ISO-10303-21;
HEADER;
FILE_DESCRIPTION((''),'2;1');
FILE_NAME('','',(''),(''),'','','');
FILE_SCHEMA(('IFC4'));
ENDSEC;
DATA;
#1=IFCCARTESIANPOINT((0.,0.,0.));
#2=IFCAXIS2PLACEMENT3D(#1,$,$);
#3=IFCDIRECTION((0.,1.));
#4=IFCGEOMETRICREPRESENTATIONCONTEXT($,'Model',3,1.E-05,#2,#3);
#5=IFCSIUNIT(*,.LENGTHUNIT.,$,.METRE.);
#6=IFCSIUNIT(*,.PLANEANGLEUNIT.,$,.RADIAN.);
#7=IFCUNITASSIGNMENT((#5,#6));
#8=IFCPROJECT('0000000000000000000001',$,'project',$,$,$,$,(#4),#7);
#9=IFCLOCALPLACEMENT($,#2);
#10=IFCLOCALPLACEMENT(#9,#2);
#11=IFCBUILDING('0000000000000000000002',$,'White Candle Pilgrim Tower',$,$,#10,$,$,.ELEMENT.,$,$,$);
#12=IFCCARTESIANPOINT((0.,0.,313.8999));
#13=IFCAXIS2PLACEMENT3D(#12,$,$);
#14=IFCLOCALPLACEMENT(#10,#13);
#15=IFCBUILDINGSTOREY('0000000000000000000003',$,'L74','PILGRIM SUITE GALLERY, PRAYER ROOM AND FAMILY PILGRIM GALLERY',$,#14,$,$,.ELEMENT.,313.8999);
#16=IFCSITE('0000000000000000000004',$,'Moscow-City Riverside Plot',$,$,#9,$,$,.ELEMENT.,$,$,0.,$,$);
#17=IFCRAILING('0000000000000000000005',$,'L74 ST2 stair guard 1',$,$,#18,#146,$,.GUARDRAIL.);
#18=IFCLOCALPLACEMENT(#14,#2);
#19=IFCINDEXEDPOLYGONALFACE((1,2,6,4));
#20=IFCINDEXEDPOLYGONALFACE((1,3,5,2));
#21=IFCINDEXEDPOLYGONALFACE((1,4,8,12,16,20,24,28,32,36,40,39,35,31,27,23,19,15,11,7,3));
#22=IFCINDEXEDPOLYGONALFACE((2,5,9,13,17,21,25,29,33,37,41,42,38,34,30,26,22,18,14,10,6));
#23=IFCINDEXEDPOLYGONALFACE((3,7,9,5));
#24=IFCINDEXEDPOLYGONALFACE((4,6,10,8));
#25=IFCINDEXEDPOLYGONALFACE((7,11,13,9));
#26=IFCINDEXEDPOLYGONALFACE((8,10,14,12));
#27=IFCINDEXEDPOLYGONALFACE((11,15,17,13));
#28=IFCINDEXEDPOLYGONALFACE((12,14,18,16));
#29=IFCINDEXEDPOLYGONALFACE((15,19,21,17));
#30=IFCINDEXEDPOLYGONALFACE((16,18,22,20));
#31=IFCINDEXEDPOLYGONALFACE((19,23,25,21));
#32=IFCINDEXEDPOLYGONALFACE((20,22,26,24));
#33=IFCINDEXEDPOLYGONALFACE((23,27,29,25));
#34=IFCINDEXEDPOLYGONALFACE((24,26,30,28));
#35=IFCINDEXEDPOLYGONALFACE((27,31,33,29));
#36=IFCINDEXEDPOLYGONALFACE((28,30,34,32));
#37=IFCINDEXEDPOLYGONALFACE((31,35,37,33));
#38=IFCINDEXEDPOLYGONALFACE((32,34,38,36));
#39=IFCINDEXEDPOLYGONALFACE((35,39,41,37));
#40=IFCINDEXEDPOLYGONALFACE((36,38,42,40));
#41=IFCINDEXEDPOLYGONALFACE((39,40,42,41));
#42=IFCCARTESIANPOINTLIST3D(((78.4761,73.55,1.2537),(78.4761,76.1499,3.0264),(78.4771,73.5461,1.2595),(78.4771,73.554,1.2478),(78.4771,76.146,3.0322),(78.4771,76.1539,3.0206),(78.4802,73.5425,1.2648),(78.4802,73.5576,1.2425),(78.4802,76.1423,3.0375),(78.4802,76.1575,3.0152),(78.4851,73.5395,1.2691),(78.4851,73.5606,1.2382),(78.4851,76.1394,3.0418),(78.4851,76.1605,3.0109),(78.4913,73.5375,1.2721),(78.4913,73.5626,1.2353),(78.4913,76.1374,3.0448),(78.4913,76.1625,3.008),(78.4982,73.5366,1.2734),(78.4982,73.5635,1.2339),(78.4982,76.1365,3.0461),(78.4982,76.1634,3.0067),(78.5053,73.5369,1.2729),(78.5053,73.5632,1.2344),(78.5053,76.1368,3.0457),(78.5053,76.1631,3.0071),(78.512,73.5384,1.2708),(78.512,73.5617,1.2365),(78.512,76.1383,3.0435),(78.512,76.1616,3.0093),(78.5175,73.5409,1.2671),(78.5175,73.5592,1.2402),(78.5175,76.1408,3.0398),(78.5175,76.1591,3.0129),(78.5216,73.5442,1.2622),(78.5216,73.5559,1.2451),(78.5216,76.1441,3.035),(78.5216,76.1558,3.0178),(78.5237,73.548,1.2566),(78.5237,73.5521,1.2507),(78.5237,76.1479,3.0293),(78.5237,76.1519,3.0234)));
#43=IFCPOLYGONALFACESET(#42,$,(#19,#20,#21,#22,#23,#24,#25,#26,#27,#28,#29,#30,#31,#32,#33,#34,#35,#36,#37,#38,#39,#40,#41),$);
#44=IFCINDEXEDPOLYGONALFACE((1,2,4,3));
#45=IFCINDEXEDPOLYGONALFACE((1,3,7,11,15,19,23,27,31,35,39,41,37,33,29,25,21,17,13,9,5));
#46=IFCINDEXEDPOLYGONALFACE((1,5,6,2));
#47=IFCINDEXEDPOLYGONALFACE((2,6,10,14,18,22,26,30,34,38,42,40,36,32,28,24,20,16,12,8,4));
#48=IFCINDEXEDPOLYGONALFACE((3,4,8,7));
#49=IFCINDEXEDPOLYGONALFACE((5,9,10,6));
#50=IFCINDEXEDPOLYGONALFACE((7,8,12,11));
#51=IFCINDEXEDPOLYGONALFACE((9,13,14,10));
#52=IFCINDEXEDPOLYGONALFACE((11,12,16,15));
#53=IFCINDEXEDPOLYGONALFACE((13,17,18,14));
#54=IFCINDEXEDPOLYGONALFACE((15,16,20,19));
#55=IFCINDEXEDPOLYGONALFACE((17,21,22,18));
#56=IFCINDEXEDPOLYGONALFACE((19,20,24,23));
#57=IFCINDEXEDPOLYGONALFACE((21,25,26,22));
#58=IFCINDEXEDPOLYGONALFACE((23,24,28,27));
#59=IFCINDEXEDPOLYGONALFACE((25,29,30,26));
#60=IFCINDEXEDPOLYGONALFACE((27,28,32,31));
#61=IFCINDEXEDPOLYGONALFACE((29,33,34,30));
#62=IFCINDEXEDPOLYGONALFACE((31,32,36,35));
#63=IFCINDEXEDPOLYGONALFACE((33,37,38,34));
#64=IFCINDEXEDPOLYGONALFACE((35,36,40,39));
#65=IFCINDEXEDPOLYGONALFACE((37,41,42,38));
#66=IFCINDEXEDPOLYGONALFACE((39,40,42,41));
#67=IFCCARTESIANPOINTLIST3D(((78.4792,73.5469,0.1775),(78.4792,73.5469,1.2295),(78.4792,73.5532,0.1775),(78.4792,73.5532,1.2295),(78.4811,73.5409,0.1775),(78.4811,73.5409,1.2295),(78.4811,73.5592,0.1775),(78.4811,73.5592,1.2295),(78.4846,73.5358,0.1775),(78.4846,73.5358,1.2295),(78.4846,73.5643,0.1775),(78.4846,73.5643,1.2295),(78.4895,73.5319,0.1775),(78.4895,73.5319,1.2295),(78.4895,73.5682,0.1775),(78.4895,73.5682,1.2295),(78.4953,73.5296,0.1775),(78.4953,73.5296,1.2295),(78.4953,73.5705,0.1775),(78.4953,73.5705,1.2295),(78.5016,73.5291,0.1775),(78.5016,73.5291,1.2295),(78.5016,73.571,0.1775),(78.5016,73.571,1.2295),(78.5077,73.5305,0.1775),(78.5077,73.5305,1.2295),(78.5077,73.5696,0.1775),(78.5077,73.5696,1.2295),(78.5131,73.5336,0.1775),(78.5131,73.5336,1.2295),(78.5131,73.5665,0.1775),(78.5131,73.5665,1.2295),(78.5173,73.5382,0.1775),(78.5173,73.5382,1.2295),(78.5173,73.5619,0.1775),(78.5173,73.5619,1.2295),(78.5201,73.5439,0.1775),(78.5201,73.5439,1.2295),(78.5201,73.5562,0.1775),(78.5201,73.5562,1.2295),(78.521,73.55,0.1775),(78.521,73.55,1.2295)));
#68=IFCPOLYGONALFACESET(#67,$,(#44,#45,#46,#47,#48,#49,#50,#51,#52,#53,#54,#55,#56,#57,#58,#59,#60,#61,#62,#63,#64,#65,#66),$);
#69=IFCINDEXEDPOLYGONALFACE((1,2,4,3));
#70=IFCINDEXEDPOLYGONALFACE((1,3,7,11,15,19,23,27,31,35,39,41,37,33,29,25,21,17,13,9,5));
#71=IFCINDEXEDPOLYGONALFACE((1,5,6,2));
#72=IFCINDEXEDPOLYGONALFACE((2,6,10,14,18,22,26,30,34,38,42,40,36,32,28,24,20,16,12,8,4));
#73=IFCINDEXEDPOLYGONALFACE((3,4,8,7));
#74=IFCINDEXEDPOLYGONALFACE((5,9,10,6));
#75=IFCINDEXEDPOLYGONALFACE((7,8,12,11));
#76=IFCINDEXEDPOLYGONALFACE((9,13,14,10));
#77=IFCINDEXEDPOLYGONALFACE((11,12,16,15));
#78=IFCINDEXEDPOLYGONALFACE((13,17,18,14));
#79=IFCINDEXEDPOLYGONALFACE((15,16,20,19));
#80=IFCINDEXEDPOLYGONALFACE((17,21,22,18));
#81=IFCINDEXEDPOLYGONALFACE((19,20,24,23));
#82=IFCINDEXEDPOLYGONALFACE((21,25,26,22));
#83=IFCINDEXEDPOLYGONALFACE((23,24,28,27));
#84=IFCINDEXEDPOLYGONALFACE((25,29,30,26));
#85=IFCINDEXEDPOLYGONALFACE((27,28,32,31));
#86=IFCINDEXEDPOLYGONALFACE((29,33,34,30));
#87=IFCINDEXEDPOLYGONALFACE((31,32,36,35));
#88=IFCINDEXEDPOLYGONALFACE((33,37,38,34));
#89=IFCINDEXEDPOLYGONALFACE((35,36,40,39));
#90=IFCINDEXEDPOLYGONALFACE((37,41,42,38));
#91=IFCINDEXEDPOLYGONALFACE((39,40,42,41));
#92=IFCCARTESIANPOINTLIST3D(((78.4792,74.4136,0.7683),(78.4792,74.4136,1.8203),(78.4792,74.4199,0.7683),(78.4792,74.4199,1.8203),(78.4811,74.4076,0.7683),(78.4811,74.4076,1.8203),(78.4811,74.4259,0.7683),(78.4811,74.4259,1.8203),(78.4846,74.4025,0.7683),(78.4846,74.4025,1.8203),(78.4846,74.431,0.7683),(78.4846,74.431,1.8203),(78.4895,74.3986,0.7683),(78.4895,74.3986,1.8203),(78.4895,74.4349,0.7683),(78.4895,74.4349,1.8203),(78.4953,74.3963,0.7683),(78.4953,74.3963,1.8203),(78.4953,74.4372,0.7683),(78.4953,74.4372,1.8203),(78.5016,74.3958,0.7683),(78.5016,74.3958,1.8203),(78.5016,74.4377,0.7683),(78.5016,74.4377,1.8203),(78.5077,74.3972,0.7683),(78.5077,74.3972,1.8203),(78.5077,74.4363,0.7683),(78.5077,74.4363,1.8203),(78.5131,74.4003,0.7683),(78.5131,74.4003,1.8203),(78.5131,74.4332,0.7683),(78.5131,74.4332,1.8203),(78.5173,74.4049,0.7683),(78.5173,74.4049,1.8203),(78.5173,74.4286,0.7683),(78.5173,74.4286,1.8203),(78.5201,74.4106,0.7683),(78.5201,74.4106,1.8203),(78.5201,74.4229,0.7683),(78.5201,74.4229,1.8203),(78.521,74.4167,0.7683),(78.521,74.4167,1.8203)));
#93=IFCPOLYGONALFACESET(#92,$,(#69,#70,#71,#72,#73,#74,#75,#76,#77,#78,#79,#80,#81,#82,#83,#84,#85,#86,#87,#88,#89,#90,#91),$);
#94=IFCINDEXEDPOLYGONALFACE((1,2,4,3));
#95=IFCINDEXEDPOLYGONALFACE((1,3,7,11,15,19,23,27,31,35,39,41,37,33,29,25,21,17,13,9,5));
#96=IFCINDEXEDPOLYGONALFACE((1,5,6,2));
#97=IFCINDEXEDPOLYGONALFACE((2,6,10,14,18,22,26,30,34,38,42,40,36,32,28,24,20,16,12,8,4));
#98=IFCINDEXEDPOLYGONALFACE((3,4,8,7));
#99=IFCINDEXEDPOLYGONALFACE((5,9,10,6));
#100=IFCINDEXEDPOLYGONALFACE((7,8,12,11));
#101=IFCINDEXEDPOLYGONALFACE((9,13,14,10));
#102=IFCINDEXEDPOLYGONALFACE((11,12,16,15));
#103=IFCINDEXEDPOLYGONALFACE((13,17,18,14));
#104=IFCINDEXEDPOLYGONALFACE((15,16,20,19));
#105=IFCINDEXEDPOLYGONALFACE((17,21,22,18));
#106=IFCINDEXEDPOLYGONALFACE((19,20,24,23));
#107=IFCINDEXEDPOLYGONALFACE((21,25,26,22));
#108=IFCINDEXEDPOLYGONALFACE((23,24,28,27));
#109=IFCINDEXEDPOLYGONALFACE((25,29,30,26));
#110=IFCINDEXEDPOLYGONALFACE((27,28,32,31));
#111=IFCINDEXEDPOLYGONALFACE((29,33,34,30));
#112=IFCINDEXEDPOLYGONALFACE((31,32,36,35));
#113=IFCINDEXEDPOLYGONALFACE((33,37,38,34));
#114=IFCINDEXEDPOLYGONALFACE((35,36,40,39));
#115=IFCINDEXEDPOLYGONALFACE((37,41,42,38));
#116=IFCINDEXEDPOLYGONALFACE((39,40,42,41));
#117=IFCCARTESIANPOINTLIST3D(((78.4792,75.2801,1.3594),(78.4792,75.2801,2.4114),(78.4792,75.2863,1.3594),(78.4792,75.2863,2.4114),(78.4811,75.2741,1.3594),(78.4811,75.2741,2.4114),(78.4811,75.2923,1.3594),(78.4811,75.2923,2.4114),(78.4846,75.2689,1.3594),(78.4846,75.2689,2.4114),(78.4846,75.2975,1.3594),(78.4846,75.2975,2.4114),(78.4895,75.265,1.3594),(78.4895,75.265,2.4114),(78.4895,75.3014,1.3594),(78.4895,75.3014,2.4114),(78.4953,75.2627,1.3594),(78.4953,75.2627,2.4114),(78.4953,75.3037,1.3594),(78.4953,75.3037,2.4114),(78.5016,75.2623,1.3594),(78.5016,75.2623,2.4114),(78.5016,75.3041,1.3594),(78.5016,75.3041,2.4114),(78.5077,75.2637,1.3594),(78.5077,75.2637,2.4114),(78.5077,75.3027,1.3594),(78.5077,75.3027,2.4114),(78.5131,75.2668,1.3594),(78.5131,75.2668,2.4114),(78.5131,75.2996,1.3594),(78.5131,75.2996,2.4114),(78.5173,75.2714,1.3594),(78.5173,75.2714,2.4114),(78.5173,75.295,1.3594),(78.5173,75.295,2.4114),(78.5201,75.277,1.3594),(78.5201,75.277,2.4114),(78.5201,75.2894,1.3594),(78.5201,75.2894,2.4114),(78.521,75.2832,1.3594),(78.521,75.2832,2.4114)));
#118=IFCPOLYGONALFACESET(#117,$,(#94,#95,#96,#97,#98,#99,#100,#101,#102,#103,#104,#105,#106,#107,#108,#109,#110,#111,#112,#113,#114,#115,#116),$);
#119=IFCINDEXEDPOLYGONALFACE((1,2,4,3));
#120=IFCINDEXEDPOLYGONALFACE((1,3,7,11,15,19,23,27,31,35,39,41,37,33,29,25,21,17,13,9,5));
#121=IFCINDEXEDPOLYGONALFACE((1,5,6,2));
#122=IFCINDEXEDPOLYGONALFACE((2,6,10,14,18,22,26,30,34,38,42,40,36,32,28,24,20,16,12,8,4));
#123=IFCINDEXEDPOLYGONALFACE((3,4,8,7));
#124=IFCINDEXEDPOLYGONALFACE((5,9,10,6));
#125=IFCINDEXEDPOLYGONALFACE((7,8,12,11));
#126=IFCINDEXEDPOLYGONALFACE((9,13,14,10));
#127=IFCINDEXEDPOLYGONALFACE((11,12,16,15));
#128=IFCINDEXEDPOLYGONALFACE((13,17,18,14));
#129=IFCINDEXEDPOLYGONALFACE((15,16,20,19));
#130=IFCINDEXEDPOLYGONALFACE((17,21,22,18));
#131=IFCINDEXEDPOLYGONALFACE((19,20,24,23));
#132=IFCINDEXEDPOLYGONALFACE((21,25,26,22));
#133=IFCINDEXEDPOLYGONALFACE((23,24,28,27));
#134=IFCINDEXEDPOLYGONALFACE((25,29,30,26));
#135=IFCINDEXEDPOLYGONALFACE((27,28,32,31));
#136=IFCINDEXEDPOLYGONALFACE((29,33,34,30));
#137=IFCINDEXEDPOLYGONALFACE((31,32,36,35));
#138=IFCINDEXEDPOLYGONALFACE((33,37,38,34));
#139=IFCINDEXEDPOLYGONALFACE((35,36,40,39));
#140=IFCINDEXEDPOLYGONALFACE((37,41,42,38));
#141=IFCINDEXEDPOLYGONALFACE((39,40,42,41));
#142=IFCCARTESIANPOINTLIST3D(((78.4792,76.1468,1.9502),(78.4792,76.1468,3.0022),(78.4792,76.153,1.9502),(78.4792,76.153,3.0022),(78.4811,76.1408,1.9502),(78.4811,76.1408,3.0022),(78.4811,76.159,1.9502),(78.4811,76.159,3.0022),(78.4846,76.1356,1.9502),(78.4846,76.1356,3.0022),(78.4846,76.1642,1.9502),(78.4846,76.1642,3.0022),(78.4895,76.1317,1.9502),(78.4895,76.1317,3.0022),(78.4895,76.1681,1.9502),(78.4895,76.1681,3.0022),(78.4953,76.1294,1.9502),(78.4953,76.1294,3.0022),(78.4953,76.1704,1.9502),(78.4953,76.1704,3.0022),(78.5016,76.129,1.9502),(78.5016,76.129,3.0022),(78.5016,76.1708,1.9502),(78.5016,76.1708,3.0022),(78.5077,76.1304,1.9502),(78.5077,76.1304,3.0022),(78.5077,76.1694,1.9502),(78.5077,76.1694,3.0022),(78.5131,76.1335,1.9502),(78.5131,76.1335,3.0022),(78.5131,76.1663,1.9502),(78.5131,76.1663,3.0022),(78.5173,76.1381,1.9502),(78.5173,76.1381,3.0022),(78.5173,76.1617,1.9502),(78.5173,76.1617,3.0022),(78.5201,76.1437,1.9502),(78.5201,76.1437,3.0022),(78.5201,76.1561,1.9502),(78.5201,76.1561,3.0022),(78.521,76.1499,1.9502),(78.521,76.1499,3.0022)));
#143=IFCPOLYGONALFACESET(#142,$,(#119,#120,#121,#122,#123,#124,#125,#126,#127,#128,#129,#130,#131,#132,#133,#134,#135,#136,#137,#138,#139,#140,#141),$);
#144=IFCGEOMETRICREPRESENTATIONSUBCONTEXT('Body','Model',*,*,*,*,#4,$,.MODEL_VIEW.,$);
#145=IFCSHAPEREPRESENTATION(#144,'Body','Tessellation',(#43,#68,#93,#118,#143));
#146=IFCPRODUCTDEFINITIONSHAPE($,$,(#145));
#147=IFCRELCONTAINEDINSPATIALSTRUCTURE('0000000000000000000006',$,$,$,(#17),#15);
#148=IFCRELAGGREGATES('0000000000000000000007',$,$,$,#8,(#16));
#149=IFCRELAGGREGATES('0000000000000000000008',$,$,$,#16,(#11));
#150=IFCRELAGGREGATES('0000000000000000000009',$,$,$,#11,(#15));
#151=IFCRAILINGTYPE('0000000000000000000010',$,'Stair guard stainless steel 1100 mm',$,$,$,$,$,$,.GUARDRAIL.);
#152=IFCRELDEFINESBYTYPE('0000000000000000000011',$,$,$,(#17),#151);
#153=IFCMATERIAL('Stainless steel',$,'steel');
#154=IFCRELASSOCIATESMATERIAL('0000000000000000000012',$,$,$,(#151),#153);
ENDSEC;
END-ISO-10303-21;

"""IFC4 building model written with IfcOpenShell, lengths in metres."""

from ifc_helpers import new_model, si_unit, direction, frame, origin, origin_2d, place, context, subcontext, project, spatial, circle, extrude, material, type_object, element, save


model = new_model("IFC4")

# Units and contexts
model_context = context("Model", 3, precision=1e-05, world=origin(), true_north=direction((0.0, 1.0)))
body_context = subcontext(model_context, "Body", "Model", "MODEL_VIEW")
ifc_project = project(units=[si_unit("LENGTHUNIT", "METRE"), si_unit("PLANEANGLEUNIT", "RADIAN")], contexts=[model_context])

# Site, building, storey
site_placement = place(None, origin())
site = spatial("IfcSite", under=ifc_project, at=site_placement, Name="Moscow-City Riverside Plot", CompositionType="ELEMENT", RefElevation=0.0)
building_placement = place(site_placement, origin())
building = spatial("IfcBuilding", under=site, at=building_placement, Name="White Candle Pilgrim Tower", CompositionType="ELEMENT")
storey_placement = place(building_placement, frame((0.0, 0.0, 313.8999)))
storey = spatial("IfcBuildingStorey", under=building, at=storey_placement, Name="L74", Description="PILGRIM SUITE GALLERY, PRAYER ROOM AND FAMILY PILGRIM GALLERY", CompositionType="ELEMENT", Elevation=313.8999)

# Railing
ifc_material_1 = material(Name="Stainless steel", Category="steel")
railing_type_1 = type_object("IfcRailingType", Name="Stair guard stainless steel 1100 mm", PredefinedType="GUARDRAIL", material=ifc_material_1)
railing_1_placement = place(storey_placement, frame((78.5, 73.55, 0.1775)))
element("IfcRailing", 1, at=railing_1_placement, inside=storey, type_object=railing_type_1, Name="L74 ST2 stair guard 1", PredefinedType="GUARDRAIL", context=body_context, shape_type="SweptSolid", body=[
    extrude(circle(Radius=0.0239, at=origin_2d()), frame((0.0, 0.0, 1.0762), z_axis=(0.0, 0.826216, 0.563354), x_axis=(-1.0, 0.0, 0.0)), (0.0, 0.0, 1.0), 3.1467),
    extrude(circle(Radius=0.021, at=origin_2d()), origin(), (0.0, 0.0, 1.0), 1.052),
    extrude(circle(Radius=0.021, at=origin_2d()), frame((0.0, 0.8667, 0.5908)), (0.0, 0.0, 1.0), 1.052),
    extrude(circle(Radius=0.021, at=origin_2d()), frame((0.0, 1.7332, 1.1819)), (0.0, 0.0, 1.0), 1.052),
    extrude(circle(Radius=0.021, at=origin_2d()), frame((0.0, 2.5999, 1.7727)), (0.0, 0.0, 1.0), 1.052),
])

save(model, "model.ifc")
